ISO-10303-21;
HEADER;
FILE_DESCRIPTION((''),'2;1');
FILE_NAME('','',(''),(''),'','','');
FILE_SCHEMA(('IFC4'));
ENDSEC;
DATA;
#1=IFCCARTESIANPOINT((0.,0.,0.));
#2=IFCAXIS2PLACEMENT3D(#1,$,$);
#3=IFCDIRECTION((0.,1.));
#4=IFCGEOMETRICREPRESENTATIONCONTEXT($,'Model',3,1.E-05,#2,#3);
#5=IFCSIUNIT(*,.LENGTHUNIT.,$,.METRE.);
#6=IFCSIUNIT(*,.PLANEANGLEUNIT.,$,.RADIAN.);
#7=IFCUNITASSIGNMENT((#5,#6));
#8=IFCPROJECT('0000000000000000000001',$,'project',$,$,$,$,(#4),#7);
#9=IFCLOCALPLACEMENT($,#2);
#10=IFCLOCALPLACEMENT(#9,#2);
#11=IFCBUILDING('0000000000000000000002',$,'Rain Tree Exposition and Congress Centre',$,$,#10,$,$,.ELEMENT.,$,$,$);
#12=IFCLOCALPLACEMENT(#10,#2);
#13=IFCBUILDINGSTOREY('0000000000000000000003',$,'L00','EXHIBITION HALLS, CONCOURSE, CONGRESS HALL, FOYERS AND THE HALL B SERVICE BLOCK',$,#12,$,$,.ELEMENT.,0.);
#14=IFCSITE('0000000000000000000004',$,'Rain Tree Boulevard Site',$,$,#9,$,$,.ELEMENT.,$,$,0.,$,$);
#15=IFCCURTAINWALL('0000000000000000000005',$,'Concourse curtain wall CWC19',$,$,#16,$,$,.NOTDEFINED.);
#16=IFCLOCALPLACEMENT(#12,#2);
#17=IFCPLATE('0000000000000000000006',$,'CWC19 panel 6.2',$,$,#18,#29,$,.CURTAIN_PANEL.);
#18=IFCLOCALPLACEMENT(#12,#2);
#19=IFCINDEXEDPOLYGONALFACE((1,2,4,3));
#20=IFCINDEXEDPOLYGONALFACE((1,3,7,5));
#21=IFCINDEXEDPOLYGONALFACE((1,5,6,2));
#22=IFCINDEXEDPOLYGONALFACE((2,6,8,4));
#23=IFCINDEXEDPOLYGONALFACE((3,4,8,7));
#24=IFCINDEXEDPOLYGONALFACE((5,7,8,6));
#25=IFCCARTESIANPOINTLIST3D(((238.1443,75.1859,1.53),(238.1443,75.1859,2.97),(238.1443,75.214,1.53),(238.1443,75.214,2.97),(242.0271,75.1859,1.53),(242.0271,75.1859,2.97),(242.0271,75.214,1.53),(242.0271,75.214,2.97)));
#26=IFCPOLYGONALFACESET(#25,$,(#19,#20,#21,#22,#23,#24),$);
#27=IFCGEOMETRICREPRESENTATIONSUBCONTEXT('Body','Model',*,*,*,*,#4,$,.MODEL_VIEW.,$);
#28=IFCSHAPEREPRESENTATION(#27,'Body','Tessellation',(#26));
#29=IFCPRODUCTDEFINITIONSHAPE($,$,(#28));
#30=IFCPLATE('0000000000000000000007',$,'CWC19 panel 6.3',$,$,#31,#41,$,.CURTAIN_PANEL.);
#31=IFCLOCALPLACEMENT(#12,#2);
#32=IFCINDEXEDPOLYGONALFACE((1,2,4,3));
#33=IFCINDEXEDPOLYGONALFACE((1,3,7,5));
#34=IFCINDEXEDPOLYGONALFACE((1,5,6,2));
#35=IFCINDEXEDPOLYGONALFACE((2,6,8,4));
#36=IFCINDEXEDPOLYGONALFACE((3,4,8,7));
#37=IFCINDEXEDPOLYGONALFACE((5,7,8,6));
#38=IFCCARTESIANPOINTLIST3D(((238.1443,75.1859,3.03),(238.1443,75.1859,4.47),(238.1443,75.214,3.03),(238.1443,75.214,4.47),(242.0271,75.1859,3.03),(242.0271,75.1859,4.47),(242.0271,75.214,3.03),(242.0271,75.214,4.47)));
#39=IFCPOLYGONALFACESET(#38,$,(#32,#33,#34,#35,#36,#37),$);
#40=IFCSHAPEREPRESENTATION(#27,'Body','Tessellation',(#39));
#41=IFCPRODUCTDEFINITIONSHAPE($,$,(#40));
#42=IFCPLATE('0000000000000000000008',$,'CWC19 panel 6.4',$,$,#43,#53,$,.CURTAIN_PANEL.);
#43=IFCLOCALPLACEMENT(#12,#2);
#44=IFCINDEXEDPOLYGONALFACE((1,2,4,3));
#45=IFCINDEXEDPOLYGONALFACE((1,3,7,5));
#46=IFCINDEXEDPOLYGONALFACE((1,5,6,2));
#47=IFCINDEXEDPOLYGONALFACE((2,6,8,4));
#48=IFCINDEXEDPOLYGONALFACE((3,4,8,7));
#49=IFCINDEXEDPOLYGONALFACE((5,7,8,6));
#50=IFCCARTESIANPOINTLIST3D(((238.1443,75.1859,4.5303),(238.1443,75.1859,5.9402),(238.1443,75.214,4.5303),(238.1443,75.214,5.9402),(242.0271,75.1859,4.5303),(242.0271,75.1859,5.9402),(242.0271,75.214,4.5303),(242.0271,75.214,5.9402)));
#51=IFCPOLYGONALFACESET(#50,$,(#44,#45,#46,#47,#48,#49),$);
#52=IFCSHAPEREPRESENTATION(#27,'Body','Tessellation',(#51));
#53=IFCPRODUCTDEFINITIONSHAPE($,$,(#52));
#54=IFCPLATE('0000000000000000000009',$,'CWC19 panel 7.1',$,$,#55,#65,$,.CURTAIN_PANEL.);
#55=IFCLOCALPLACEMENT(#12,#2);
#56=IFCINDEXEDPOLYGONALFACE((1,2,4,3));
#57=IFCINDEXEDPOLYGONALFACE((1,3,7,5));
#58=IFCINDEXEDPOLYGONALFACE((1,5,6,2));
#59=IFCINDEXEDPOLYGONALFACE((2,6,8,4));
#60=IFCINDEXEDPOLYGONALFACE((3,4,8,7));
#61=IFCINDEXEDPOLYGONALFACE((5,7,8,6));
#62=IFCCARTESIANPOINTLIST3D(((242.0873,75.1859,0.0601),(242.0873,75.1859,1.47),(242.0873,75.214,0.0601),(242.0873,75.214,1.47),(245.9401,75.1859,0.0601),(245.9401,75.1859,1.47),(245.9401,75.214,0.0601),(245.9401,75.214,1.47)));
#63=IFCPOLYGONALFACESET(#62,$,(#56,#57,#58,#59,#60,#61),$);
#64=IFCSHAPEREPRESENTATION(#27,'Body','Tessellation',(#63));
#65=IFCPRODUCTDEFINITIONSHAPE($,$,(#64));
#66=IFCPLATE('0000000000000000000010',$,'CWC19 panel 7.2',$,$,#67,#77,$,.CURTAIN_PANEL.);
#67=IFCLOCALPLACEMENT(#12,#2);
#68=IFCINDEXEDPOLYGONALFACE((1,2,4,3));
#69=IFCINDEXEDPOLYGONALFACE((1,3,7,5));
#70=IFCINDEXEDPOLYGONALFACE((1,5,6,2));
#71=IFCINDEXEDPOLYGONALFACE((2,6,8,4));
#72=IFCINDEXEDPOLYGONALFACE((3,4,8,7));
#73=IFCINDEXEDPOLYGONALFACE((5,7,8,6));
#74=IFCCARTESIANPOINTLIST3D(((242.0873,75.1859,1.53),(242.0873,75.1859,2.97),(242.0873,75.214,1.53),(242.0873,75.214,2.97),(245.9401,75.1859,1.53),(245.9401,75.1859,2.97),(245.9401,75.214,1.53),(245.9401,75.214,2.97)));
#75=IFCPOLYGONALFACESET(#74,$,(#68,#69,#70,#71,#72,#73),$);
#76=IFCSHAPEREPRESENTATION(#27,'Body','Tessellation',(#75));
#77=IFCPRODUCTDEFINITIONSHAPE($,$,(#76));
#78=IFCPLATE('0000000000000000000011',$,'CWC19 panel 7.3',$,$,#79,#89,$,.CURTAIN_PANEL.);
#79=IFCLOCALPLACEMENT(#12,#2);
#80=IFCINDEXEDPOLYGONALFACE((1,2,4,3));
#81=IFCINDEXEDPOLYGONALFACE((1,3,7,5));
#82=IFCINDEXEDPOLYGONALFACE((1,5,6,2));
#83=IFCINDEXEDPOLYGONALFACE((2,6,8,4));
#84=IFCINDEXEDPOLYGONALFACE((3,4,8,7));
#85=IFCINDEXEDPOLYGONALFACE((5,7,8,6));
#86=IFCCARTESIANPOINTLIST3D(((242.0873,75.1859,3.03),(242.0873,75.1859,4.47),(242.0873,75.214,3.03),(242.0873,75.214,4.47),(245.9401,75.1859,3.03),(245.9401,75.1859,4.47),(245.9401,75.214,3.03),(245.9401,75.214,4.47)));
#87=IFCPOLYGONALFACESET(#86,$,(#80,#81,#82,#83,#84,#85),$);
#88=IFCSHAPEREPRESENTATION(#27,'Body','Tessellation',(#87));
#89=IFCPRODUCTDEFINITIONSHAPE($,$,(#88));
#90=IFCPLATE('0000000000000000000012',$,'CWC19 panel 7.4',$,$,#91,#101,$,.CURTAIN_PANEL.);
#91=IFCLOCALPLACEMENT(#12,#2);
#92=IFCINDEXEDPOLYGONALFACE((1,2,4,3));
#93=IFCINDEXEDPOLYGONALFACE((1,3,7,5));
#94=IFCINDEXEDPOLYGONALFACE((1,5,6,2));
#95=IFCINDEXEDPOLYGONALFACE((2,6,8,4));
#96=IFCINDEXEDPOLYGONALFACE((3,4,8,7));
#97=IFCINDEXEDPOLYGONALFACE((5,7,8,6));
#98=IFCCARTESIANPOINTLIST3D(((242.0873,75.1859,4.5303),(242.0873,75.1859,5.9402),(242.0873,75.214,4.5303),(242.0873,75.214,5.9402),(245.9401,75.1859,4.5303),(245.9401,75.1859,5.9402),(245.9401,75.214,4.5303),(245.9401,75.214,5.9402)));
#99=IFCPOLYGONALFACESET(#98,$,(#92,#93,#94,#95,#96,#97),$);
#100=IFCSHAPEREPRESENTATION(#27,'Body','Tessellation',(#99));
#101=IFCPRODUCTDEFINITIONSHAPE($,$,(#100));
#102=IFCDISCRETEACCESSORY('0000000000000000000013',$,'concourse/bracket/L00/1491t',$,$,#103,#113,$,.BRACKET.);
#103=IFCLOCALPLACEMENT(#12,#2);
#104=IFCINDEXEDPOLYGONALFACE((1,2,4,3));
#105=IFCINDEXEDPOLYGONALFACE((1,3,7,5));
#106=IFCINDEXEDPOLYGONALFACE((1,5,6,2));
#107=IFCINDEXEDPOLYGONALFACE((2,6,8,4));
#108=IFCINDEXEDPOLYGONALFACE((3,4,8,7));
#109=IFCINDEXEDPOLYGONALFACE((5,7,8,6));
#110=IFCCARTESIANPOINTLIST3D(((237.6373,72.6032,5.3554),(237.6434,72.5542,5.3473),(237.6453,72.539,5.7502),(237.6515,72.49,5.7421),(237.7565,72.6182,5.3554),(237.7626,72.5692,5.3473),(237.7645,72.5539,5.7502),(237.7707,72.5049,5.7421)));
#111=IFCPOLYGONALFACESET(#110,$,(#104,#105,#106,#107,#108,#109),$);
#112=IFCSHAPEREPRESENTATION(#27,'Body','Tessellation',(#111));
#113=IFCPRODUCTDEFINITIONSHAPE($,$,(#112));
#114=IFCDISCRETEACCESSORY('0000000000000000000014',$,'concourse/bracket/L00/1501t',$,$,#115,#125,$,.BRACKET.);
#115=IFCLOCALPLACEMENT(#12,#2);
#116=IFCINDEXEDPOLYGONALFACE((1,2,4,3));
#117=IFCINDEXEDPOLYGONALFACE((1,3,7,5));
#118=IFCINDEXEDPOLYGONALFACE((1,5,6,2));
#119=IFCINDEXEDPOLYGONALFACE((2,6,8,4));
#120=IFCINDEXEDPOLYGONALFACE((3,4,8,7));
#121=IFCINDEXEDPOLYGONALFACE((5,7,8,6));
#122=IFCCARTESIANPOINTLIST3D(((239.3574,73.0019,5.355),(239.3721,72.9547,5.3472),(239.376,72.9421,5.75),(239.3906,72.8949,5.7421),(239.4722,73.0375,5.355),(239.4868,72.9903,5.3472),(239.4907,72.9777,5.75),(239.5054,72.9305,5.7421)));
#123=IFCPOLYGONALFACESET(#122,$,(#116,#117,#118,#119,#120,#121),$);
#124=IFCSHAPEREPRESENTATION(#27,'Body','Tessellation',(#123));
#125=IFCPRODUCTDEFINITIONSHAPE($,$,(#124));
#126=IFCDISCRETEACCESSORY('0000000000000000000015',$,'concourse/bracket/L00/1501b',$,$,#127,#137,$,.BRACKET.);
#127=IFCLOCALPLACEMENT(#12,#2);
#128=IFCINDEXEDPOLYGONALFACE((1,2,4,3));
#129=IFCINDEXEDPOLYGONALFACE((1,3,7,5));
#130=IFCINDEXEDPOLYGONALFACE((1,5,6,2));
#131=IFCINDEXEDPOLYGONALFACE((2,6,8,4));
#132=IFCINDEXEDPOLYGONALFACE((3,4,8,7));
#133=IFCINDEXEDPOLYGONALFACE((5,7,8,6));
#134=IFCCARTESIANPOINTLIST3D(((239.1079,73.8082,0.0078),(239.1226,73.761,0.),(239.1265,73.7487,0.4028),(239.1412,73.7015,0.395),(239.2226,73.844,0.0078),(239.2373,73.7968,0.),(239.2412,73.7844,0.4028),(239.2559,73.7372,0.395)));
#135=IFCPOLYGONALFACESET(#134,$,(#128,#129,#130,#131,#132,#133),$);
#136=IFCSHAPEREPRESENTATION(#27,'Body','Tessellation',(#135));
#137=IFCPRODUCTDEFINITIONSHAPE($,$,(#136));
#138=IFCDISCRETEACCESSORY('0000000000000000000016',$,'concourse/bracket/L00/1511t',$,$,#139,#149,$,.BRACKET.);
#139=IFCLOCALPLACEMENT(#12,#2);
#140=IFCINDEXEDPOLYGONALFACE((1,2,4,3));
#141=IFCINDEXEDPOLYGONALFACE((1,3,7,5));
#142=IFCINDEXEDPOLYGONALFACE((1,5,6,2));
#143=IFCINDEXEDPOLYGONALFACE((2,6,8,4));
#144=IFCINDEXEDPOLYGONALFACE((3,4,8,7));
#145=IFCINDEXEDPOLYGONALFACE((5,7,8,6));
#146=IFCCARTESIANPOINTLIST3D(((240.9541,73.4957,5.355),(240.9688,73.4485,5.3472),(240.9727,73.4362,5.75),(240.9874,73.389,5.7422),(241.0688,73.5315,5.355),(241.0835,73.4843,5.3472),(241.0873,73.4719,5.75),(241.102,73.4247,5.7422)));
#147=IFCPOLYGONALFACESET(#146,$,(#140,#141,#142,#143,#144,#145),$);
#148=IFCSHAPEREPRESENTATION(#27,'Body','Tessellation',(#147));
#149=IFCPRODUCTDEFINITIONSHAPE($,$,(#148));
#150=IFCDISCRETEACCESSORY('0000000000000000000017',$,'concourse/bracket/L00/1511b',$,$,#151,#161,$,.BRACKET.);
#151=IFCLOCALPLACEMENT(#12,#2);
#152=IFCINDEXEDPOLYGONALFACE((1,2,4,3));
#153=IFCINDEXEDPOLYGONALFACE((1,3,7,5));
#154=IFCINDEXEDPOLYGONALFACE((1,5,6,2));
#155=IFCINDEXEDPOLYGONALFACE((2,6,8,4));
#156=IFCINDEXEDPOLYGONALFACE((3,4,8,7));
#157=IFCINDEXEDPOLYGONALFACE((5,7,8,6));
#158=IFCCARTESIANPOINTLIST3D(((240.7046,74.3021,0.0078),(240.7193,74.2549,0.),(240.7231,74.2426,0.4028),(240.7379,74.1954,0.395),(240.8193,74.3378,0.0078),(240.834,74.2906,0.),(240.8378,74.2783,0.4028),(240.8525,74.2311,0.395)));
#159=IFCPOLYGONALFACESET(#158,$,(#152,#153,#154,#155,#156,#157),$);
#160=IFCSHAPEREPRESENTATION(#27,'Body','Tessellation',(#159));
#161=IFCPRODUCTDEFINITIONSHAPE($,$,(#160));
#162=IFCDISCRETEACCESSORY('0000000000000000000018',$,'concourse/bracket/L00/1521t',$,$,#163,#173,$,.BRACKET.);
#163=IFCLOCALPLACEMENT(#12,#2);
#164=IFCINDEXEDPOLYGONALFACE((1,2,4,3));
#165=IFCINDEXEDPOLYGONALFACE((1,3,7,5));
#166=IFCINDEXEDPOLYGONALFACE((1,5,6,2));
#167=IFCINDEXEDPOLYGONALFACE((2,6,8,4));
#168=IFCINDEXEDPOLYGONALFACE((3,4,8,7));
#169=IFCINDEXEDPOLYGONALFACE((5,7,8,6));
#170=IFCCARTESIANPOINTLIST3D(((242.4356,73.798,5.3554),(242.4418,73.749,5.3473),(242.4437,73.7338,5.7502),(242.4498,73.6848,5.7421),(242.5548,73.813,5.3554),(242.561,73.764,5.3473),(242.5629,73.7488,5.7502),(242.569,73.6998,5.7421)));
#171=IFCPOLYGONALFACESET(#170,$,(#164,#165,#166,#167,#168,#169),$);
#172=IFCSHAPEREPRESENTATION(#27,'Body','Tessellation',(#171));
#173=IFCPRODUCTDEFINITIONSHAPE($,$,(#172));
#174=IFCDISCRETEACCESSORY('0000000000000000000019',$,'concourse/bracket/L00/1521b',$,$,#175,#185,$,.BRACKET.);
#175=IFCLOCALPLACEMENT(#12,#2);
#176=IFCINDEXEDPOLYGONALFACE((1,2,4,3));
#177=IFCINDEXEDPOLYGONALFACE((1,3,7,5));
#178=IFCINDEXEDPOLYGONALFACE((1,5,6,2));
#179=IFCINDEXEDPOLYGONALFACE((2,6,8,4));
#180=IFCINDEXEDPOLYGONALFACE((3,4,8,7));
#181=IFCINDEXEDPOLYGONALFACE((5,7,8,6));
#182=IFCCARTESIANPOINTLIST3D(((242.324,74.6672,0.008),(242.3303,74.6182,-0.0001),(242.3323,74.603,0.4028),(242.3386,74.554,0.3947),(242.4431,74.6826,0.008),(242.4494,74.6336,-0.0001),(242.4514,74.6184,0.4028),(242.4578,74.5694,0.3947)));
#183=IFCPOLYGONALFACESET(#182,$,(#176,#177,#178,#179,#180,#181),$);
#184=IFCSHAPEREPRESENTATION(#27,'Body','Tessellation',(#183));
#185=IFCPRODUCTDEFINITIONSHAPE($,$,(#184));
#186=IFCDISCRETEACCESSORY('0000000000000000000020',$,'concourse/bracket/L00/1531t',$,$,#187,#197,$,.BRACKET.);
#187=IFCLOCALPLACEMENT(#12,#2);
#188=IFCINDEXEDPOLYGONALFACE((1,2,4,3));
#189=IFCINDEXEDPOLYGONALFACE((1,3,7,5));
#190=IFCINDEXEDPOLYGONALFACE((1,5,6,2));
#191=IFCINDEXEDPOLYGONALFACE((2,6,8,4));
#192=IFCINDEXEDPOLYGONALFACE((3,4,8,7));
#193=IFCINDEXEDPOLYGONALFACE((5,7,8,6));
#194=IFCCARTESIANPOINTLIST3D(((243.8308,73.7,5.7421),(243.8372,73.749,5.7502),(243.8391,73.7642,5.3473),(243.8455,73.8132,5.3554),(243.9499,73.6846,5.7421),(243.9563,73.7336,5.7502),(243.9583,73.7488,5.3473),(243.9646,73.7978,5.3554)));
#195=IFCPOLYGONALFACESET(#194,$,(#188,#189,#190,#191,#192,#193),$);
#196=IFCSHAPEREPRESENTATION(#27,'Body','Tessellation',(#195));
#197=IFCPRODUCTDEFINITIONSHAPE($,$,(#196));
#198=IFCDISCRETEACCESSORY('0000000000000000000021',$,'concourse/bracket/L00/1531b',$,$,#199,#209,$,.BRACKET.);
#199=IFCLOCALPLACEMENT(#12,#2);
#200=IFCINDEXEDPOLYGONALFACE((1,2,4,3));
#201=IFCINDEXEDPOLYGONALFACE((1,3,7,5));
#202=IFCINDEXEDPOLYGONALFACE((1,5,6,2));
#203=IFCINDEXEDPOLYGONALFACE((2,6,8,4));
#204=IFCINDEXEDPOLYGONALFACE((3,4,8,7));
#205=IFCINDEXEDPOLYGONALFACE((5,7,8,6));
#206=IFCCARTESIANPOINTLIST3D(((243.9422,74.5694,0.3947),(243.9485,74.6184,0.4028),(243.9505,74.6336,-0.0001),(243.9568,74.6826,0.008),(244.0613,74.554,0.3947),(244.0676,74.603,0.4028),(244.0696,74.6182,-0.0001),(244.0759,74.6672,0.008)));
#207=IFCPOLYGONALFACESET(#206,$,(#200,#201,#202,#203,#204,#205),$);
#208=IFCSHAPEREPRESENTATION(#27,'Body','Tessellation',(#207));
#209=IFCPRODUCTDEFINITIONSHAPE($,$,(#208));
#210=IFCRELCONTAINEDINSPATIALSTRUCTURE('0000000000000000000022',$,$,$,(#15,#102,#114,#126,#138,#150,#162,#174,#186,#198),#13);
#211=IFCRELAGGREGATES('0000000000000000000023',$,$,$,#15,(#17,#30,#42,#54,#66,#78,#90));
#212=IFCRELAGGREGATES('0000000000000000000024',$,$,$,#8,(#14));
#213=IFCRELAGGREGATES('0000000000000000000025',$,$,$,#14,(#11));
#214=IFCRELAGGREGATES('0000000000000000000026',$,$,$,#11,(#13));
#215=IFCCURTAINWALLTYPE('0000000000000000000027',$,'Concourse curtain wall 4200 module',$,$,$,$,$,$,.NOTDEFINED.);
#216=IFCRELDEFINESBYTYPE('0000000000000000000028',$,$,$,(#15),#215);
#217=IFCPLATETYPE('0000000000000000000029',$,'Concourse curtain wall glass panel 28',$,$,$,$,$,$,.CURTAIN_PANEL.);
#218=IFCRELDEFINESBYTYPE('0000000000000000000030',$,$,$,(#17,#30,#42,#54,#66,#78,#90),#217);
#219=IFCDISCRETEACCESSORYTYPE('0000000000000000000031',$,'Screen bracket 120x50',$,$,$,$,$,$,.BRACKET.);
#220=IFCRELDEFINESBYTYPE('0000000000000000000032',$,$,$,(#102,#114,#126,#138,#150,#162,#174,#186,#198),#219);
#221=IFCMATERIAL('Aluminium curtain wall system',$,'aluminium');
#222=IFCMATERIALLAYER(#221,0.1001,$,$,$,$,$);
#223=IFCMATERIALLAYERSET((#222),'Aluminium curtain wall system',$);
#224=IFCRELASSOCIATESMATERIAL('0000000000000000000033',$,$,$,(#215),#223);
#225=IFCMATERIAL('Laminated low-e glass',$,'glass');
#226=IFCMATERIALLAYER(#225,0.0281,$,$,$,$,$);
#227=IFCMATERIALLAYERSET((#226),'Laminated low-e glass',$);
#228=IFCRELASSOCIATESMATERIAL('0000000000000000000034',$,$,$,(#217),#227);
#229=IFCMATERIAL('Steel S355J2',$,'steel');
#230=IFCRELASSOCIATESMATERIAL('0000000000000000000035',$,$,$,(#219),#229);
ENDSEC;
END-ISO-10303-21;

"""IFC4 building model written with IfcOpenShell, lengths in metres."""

from ifc_helpers import new_model, si_unit, direction, frame, origin, origin_2d, place, context, subcontext, project, spatial, rectangle, extrude, material, layer, layer_set, material_profile, profile_set, type_object, element, aggregate, save


model = new_model("IFC4")

# Units and contexts
model_context = context("Model", 3, precision=1e-05, world=origin(), true_north=direction((0.0, 1.0)))
body_context = subcontext(model_context, "Body", "Model", "MODEL_VIEW")
ifc_project = project(units=[si_unit("LENGTHUNIT", "METRE"), si_unit("PLANEANGLEUNIT", "RADIAN")], contexts=[model_context])

# Site, building, storey
site_placement = place(None, origin())
site = spatial("IfcSite", under=ifc_project, at=site_placement, Name="Rain Tree Boulevard Site", CompositionType="ELEMENT", RefElevation=0.0)
building_placement = place(site_placement, origin())
building = spatial("IfcBuilding", under=site, at=building_placement, Name="Rain Tree Exposition and Congress Centre", CompositionType="ELEMENT")
storey_placement = place(building_placement, origin())
storey = spatial("IfcBuildingStorey", under=building, at=storey_placement, Name="L00", Description="EXHIBITION HALLS, CONCOURSE, CONGRESS HALL, FOYERS AND THE HALL B SERVICE BLOCK", CompositionType="ELEMENT", Elevation=0.0)

# Curtain wall, plates
ifc_material_1 = material(Name="Aluminium curtain wall system", Category="aluminium")
ifc_layer_1 = layer(ifc_material_1, 0.1001)
ifc_layer_set_1 = layer_set([ifc_layer_1], Name="Aluminium curtain wall system")
curtain_wall_type = type_object("IfcCurtainWallType", Name="Concourse curtain wall 4200 module", PredefinedType="NOTDEFINED", material=ifc_layer_set_1)
curtain_wall_placement = place(storey_placement, origin())
curtain_wall = element("IfcCurtainWall", 1, at=curtain_wall_placement, inside=storey, type_object=curtain_wall_type, Name="Concourse curtain wall CWC19", PredefinedType="NOTDEFINED")
ifc_material_2 = material(Name="Laminated low-e glass", Category="glass")
ifc_layer_2 = layer(ifc_material_2, 0.0281)
ifc_layer_set_2 = layer_set([ifc_layer_2], Name="Laminated low-e glass")
plate_type = type_object("IfcPlateType", Name="Concourse curtain wall glass panel 28", PredefinedType="CURTAIN_PANEL", material=ifc_layer_set_2)
plate_1_placement = place(storey_placement, frame((240.0857, 75.2, 1.53), z_axis=(0.0, 0.0, 1.0), x_axis=(1.0, 0.0, 0.0)))
plate_1 = element("IfcPlate", 2, at=plate_1_placement, type_object=plate_type, Name="CWC19 panel 6.2", PredefinedType="CURTAIN_PANEL", context=body_context, shape_type="SweptSolid", body=[
    extrude(rectangle(XDim=3.8828, YDim=0.0281, at=origin_2d()), origin(), (0.0, 0.0, 1.0), 1.4399),
])
plate_2_placement = place(storey_placement, frame((240.0857, 75.2, 3.03), z_axis=(0.0, 0.0, 1.0), x_axis=(1.0, 0.0, 0.0)))
plate_2 = element("IfcPlate", 3, at=plate_2_placement, type_object=plate_type, Name="CWC19 panel 6.3", PredefinedType="CURTAIN_PANEL", context=body_context, shape_type="SweptSolid", body=[
    extrude(rectangle(XDim=3.8828, YDim=0.0281, at=origin_2d()), origin(), (0.0, 0.0, 1.0), 1.4399),
])
plate_3_placement = place(storey_placement, frame((240.0857, 75.2, 4.5303), z_axis=(0.0, 0.0, 1.0), x_axis=(1.0, 0.0, 0.0)))
plate_3 = element("IfcPlate", 4, at=plate_3_placement, type_object=plate_type, Name="CWC19 panel 6.4", PredefinedType="CURTAIN_PANEL", context=body_context, shape_type="SweptSolid", body=[
    extrude(rectangle(XDim=3.8828, YDim=0.0281, at=origin_2d()), origin(), (0.0, 0.0, 1.0), 1.4099),
])
plate_4_placement = place(storey_placement, frame((244.0137, 75.2, 0.0601), z_axis=(0.0, 0.0, 1.0), x_axis=(1.0, 0.0, 0.0)))
plate_4 = element("IfcPlate", 5, at=plate_4_placement, type_object=plate_type, Name="CWC19 panel 7.1", PredefinedType="CURTAIN_PANEL", context=body_context, shape_type="SweptSolid", body=[
    extrude(rectangle(XDim=3.8528, YDim=0.0281, at=origin_2d()), origin(), (0.0, 0.0, 1.0), 1.4099),
])
plate_5_placement = place(storey_placement, frame((244.0137, 75.2, 1.53), z_axis=(0.0, 0.0, 1.0), x_axis=(1.0, 0.0, 0.0)))
plate_5 = element("IfcPlate", 6, at=plate_5_placement, type_object=plate_type, Name="CWC19 panel 7.2", PredefinedType="CURTAIN_PANEL", context=body_context, shape_type="SweptSolid", body=[
    extrude(rectangle(XDim=3.8528, YDim=0.0281, at=origin_2d()), origin(), (0.0, 0.0, 1.0), 1.4399),
])
plate_6_placement = place(storey_placement, frame((244.0137, 75.2, 3.03), z_axis=(0.0, 0.0, 1.0), x_axis=(1.0, 0.0, 0.0)))
plate_6 = element("IfcPlate", 7, at=plate_6_placement, type_object=plate_type, Name="CWC19 panel 7.3", PredefinedType="CURTAIN_PANEL", context=body_context, shape_type="SweptSolid", body=[
    extrude(rectangle(XDim=3.8528, YDim=0.0281, at=origin_2d()), origin(), (0.0, 0.0, 1.0), 1.4399),
])
plate_7_placement = place(storey_placement, frame((244.0137, 75.2, 4.5303), z_axis=(0.0, 0.0, 1.0), x_axis=(1.0, 0.0, 0.0)))
plate_7 = element("IfcPlate", 8, at=plate_7_placement, type_object=plate_type, Name="CWC19 panel 7.4", PredefinedType="CURTAIN_PANEL", context=body_context, shape_type="SweptSolid", body=[
    extrude(rectangle(XDim=3.8528, YDim=0.0281, at=origin_2d()), origin(), (0.0, 0.0, 1.0), 1.4099),
])
aggregate(curtain_wall, [plate_1, plate_2, plate_3, plate_4, plate_5, plate_6, plate_7])

# Discrete accessories
ifc_material_3 = material(Name="Steel S355J2", Category="steel")
ifc_material_profile_1 = material_profile(ifc_material_3, rectangle(XDim=0.1201, YDim=0.05, at=origin_2d()), Name="Flat bar 120x50")
ifc_profile_set_1 = profile_set([ifc_material_profile_1], Name="Steel S355J2")
discrete_accessory_type = type_object("IfcDiscreteAccessoryType", Name="Screen bracket 120x50", PredefinedType="BRACKET", material=ifc_profile_set_1)
discrete_accessory_1_placement = place(storey_placement, frame((237.7, 72.5862, 5.3513), z_axis=(0.020139, -0.160505, 0.98683), x_axis=(0.99222, 0.124499, 0.0)))
element("IfcDiscreteAccessory", 9, at=discrete_accessory_1_placement, inside=storey, type_object=discrete_accessory_type, Name="concourse/bracket/L00/1491t", PredefinedType="BRACKET", context=body_context, shape_type="SweptSolid", body=[
    extrude(rectangle(XDim=0.1201, YDim=0.05, at=origin_2d()), origin(), (0.0, 0.0, 1.0), 0.4001),
])
for number, where, z_axis, x_axis, name in (
    (10, (239.4221, 72.9961, 5.3511), (0.046392, -0.149554, 0.987665), (0.955102, 0.296277, 0.0), "concourse/bracket/L00/1501t"),
    (11, (239.1726, 73.8025, 0.0039), (0.046396, -0.148957, 0.987755), (0.954758, 0.297384, 0.0), "concourse/bracket/L00/1501b"),
    (12, (241.0188, 73.49, 5.3511), (0.046396, -0.148957, 0.987755), (0.954758, 0.297384, 0.0), "concourse/bracket/L00/1511t"),
    (13, (240.7693, 74.2964, 0.0039), (0.046396, -0.148957, 0.987755), (0.954758, 0.297384, 0.0), "concourse/bracket/L00/1511b"),
):
    element("IfcDiscreteAccessory", number, at=place(storey_placement, frame(where, z_axis=z_axis, x_axis=x_axis)), inside=storey, type_object=discrete_accessory_type, Name=name, PredefinedType="BRACKET", context=body_context, shape_type="SweptSolid", body=[
        extrude(rectangle(XDim=0.1201, YDim=0.05, at=origin_2d()), origin(), (0.0, 0.0, 1.0), 0.3999),
    ])
for number, where, z_axis, x_axis, name in (
    (14, (242.4983, 73.781, 5.3513), (0.020139, -0.160505, 0.98683), (0.99222, 0.124499, 0.0), "concourse/bracket/L00/1521t"),
    (15, (242.3867, 74.6504, 0.0039), (0.020749, -0.160503, 0.986817), (0.991747, 0.128211, 0.0), "concourse/bracket/L00/1521b"),
    (16, (243.9019, 73.781, 5.3513), (-0.020749, -0.160503, 0.986817), (0.991747, -0.128211, 0.0), "concourse/bracket/L00/1531t"),
    (17, (244.0132, 74.6504, 0.0039), (-0.020749, -0.160503, 0.986817), (0.991747, -0.128211, 0.0), "concourse/bracket/L00/1531b"),
):
    element("IfcDiscreteAccessory", number, at=place(storey_placement, frame(where, z_axis=z_axis, x_axis=x_axis)), inside=storey, type_object=discrete_accessory_type, Name=name, PredefinedType="BRACKET", context=body_context, shape_type="SweptSolid", body=[
        extrude(rectangle(XDim=0.1201, YDim=0.05, at=origin_2d()), origin(), (0.0, 0.0, 1.0), 0.4001),
    ])

save(model, "model.ifc")
